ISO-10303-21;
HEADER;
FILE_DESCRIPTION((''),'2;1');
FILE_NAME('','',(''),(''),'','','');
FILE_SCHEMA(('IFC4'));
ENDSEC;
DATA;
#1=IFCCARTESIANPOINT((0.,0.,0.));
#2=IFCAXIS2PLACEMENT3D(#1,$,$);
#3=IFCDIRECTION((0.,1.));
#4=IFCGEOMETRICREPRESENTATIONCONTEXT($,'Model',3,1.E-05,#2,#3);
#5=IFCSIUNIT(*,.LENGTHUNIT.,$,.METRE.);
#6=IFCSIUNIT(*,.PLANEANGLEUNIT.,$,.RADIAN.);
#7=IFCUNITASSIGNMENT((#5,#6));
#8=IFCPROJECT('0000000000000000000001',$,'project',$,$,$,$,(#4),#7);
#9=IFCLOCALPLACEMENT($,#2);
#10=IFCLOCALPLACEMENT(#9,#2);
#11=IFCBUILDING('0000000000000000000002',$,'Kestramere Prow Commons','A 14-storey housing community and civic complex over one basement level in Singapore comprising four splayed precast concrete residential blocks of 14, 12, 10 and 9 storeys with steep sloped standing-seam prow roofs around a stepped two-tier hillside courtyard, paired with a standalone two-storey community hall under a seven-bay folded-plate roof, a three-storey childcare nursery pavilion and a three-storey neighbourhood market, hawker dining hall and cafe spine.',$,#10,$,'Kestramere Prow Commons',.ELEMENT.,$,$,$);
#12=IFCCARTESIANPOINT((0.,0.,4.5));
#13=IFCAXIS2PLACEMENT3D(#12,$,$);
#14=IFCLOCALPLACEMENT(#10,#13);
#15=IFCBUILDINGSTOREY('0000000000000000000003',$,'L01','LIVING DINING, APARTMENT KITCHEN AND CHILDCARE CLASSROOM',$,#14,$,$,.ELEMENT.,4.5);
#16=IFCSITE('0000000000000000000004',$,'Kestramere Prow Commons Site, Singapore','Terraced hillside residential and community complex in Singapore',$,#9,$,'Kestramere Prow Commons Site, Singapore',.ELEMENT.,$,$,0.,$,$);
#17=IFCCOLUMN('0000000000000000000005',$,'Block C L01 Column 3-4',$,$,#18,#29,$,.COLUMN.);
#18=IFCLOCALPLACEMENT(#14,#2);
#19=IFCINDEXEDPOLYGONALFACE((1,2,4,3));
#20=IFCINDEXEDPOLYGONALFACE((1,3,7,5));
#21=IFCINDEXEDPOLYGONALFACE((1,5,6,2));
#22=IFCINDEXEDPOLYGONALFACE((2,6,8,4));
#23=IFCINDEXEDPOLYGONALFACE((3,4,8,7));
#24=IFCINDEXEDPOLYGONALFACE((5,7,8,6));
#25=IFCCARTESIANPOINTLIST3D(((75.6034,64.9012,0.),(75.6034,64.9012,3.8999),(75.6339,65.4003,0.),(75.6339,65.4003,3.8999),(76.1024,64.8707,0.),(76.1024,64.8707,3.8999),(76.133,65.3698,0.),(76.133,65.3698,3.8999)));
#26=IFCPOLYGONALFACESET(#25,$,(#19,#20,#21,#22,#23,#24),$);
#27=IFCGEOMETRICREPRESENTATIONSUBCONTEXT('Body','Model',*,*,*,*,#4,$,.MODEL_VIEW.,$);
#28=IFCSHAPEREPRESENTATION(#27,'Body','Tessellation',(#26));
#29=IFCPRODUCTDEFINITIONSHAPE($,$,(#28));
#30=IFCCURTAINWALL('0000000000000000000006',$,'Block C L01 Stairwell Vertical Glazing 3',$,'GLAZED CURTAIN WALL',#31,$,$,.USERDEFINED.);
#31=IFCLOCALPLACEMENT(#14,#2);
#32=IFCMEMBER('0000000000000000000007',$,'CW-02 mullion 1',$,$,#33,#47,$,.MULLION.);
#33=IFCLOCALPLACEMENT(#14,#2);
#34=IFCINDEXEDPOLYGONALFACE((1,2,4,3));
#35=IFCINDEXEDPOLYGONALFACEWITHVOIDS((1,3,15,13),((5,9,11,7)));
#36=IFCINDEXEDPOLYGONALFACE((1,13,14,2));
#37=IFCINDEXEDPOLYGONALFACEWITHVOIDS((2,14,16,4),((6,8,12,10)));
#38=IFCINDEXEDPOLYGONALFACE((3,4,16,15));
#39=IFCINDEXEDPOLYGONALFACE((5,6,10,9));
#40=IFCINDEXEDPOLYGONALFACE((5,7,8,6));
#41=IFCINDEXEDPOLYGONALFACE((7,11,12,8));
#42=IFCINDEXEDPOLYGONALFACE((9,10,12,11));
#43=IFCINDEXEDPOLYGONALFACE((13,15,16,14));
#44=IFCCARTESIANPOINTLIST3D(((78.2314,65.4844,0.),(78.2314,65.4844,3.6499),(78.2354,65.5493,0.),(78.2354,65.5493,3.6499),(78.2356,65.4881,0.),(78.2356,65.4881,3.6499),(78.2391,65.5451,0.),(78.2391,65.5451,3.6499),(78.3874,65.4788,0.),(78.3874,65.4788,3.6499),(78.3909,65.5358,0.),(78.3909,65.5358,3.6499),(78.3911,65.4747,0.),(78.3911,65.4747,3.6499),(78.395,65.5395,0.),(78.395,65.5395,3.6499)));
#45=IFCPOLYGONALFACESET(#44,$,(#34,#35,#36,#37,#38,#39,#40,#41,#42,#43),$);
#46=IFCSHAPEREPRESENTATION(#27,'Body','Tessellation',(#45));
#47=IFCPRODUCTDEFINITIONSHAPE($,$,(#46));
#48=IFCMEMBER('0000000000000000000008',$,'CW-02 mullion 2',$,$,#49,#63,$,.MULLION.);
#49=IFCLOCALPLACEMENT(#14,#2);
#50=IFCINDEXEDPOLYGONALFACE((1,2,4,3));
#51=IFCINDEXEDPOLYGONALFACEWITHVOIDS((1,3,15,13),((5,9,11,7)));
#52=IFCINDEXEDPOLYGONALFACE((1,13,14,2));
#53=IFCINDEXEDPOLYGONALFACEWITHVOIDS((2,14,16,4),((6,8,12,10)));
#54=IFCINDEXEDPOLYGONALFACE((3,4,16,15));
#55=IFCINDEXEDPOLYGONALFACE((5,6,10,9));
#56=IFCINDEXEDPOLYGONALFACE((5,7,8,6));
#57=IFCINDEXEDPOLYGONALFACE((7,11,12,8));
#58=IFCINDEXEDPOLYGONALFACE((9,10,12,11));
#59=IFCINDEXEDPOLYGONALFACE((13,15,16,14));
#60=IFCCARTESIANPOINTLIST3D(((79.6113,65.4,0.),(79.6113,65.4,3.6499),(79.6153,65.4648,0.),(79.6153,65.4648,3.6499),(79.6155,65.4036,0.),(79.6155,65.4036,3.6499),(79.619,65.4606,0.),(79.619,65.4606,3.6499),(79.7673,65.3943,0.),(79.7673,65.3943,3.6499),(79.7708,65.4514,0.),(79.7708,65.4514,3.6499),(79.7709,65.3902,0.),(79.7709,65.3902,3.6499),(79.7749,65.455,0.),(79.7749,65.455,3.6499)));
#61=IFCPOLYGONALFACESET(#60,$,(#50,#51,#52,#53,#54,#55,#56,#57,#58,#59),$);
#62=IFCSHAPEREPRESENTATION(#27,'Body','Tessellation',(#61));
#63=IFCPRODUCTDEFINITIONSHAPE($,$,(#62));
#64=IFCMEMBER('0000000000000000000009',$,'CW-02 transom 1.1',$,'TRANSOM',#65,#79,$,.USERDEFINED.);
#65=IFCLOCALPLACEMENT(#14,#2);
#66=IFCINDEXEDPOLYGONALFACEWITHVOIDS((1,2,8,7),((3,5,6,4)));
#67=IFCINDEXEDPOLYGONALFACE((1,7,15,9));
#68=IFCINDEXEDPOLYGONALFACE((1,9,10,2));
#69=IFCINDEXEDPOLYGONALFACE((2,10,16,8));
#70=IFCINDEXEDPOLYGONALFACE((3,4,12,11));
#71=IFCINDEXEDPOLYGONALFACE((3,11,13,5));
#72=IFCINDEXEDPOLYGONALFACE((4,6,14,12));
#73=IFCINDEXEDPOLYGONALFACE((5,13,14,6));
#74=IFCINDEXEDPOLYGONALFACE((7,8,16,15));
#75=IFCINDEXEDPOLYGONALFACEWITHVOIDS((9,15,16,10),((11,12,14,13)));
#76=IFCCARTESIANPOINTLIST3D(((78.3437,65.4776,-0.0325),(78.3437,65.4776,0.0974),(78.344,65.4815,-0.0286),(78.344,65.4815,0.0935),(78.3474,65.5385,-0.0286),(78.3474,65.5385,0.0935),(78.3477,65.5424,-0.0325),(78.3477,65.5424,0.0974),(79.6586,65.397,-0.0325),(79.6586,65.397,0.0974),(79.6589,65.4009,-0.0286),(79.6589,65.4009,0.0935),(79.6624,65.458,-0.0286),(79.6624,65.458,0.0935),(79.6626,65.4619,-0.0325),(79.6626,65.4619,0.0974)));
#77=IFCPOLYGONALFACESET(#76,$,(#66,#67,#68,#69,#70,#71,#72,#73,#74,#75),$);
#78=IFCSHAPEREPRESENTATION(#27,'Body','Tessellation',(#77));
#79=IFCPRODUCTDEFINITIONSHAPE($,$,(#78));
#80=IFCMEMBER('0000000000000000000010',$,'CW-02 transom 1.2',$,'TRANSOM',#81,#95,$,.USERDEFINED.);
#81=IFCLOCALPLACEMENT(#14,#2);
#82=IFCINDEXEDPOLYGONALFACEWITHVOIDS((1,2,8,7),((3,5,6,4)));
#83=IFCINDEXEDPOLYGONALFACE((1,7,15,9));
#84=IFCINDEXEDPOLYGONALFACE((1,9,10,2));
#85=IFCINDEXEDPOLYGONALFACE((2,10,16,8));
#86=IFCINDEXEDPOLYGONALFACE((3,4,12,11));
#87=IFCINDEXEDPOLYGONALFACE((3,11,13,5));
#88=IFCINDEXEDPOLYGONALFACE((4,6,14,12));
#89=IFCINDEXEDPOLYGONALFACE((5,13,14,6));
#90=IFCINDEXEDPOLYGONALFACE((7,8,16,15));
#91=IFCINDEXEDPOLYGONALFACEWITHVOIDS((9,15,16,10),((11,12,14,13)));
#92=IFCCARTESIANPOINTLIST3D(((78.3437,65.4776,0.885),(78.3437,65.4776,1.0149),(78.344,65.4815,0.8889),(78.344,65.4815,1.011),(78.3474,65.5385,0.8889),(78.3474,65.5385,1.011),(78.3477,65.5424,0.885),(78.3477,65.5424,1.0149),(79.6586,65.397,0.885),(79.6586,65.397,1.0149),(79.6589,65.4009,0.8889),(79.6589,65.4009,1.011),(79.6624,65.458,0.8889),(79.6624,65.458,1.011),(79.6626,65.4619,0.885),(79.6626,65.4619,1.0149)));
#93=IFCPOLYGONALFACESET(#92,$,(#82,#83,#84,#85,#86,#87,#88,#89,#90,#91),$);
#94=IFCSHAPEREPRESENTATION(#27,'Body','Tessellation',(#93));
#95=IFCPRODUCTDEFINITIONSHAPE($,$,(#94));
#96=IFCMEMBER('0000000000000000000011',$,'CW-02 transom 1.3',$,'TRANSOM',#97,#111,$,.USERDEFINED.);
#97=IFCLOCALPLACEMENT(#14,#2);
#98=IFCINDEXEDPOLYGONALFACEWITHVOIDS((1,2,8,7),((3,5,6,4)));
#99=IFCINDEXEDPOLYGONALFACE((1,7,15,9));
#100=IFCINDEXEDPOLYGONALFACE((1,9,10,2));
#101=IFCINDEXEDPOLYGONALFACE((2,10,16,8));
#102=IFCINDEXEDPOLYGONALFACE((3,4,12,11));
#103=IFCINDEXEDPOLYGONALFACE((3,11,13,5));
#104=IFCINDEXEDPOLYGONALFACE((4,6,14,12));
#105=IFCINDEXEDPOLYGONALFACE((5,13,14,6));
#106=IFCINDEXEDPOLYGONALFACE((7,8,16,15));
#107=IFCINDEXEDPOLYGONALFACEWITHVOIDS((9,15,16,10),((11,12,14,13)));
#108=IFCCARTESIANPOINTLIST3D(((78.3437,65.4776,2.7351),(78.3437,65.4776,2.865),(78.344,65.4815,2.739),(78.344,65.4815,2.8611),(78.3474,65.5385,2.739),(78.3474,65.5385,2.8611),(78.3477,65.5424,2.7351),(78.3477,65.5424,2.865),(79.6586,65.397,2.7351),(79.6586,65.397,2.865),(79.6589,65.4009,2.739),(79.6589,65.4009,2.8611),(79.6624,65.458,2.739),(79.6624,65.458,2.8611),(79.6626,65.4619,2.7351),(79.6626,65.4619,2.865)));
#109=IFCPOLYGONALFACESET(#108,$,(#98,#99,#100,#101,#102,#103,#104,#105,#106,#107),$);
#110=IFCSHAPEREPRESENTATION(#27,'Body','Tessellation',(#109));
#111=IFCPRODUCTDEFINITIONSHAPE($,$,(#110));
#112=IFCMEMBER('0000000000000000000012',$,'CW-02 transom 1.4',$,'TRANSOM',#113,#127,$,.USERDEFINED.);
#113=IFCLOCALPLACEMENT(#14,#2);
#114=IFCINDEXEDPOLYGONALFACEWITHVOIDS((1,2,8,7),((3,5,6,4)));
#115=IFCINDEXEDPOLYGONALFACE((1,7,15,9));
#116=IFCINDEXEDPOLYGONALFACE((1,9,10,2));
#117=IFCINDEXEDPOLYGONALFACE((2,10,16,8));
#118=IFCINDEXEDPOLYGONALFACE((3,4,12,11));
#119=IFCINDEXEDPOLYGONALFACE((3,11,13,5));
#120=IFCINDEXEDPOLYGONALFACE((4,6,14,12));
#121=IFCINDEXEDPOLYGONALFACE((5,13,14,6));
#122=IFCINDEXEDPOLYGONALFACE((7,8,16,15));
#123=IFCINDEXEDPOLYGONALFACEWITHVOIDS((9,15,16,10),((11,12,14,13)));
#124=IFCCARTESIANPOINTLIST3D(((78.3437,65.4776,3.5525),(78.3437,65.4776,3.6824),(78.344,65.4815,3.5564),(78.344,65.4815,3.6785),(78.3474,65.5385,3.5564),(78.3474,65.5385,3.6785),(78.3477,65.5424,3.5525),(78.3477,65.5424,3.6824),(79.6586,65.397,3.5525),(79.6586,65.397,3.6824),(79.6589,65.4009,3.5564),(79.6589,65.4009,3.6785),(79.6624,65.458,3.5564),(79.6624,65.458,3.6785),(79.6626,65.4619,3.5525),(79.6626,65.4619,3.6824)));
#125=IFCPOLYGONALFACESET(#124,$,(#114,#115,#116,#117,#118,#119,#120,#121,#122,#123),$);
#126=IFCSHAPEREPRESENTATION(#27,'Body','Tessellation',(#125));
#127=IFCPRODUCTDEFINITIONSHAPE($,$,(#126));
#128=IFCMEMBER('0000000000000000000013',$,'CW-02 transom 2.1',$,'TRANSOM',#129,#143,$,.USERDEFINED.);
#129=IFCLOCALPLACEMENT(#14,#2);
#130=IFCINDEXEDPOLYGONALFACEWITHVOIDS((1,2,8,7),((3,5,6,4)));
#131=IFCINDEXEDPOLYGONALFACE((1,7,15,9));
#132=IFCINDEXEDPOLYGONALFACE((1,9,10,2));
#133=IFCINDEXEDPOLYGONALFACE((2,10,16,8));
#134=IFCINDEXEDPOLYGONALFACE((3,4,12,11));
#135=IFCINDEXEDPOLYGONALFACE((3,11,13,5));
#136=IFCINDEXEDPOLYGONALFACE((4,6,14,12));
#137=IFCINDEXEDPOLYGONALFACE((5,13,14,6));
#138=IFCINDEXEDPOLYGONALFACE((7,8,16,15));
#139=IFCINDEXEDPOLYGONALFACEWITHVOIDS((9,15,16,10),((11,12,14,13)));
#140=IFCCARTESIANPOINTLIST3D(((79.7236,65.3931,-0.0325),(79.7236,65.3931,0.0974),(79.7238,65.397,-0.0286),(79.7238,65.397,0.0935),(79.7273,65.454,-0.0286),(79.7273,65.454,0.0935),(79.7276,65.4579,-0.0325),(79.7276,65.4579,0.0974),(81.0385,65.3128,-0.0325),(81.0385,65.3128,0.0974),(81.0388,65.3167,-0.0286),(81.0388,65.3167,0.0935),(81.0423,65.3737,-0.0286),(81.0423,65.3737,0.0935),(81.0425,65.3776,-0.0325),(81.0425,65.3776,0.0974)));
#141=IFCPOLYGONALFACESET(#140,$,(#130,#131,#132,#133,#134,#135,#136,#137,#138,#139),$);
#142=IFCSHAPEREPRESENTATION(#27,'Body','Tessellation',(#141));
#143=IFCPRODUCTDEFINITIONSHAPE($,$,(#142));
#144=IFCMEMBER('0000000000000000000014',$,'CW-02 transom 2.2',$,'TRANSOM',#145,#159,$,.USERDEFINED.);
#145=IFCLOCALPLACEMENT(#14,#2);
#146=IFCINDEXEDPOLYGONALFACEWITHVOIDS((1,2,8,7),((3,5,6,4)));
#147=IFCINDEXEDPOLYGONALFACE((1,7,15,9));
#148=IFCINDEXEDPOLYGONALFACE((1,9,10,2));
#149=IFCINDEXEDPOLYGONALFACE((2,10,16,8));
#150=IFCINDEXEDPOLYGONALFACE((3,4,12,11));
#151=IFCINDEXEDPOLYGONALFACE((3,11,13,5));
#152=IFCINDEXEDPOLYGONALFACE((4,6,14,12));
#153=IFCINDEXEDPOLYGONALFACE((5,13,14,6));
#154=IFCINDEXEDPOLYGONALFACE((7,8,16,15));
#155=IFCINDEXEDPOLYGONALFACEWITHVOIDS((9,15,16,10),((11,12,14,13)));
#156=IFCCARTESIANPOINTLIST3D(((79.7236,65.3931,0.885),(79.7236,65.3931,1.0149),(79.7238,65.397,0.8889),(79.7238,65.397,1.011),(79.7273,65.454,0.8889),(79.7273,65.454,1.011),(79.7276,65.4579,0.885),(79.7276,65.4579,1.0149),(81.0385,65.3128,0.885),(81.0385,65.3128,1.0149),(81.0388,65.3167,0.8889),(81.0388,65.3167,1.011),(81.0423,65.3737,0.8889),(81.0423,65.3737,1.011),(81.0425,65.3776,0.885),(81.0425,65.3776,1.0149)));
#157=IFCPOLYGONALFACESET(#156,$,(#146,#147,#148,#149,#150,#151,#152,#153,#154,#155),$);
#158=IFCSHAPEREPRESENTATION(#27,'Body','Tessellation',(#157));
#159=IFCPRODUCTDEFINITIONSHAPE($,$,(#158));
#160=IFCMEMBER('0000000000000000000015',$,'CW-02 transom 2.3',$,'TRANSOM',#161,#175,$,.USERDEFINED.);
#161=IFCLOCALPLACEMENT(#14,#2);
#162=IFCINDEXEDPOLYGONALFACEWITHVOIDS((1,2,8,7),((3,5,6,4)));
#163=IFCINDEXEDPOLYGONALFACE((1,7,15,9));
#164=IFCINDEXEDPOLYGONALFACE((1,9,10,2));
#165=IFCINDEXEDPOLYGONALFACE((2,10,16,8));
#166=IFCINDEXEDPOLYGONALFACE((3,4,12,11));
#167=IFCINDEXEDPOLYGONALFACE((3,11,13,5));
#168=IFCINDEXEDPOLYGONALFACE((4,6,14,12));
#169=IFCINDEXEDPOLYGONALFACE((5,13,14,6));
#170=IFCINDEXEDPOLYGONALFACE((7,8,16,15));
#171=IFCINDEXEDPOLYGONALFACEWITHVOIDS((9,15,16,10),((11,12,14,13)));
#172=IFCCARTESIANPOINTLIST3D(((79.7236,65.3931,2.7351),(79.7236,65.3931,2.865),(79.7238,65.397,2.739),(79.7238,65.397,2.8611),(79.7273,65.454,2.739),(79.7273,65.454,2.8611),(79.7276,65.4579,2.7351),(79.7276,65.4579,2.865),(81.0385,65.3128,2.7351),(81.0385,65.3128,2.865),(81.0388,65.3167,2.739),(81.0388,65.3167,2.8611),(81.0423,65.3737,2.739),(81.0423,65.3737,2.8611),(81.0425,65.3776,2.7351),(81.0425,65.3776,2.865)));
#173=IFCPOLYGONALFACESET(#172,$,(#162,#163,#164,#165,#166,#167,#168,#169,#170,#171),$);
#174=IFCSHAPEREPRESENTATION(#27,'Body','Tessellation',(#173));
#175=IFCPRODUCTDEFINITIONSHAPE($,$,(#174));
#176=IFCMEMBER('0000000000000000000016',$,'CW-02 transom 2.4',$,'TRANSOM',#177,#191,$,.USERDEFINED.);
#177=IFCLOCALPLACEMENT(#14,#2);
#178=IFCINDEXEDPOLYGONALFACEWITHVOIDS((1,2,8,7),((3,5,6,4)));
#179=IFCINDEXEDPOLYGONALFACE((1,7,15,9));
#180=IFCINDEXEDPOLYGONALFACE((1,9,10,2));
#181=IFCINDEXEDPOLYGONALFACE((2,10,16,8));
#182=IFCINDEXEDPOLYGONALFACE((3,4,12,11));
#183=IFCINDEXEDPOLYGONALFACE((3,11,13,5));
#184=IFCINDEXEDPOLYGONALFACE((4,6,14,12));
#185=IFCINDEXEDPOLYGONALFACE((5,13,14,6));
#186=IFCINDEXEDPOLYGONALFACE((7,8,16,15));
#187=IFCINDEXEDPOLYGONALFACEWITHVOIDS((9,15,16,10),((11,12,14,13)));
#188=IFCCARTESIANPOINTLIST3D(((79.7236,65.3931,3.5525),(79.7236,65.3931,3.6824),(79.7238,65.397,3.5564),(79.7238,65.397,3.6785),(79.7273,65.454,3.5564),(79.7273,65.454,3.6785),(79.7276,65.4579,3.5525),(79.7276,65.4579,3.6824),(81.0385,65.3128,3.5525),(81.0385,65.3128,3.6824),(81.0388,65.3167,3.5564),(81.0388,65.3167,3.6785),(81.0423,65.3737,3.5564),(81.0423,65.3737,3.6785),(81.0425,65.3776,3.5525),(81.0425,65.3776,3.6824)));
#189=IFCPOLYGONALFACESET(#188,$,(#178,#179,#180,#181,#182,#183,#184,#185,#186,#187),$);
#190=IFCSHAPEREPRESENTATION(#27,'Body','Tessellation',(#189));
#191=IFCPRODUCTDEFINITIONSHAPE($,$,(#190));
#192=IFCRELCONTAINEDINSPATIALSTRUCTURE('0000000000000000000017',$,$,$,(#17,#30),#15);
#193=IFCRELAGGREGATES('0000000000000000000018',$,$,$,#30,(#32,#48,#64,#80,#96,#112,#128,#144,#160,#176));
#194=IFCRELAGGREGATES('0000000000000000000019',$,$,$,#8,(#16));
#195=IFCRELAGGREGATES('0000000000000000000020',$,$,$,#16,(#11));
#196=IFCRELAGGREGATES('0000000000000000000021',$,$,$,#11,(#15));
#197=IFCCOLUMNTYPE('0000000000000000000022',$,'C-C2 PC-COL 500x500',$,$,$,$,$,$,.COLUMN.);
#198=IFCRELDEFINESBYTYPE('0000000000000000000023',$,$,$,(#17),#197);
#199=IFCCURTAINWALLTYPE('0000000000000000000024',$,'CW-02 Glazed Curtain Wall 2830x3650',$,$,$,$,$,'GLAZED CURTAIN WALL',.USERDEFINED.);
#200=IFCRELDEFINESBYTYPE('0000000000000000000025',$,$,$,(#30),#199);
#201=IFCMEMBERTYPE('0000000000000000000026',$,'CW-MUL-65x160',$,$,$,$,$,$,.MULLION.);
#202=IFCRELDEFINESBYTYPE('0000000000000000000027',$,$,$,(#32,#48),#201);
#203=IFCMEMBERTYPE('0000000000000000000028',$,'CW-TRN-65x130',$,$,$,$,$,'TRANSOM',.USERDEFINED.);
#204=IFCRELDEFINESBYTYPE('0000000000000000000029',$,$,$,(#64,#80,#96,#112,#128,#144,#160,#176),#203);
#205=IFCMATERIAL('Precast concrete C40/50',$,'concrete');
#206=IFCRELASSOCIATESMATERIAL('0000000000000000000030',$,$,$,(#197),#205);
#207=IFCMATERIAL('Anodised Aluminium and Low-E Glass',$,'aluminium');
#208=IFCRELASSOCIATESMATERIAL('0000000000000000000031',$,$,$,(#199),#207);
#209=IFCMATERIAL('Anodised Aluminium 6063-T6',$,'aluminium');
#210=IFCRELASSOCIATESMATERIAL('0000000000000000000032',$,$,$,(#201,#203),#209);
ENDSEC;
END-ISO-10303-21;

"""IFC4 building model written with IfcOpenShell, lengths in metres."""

from ifc_helpers import new_model, si_unit, direction, frame, origin, origin_2d, place, context, subcontext, project, spatial, rectangle, hollow_rectangle, extrude, material, material_profile, profile_set, type_object, element, aggregate, save


model = new_model("IFC4")

# Units and contexts
model_context = context("Model", 3, precision=1e-05, world=origin(), true_north=direction((0.0, 1.0)))
body_context = subcontext(model_context, "Body", "Model", "MODEL_VIEW")
ifc_project = project(units=[si_unit("LENGTHUNIT", "METRE"), si_unit("PLANEANGLEUNIT", "RADIAN")], contexts=[model_context])

# Site, building, storey
site_placement = place(None, origin())
site = spatial("IfcSite", under=ifc_project, at=site_placement, Name="Kestramere Prow Commons Site, Singapore", Description="Terraced hillside residential and community complex in Singapore", LongName="Kestramere Prow Commons Site, Singapore", CompositionType="ELEMENT", RefElevation=0.0)
building_placement = place(site_placement, origin())
building = spatial("IfcBuilding", under=site, at=building_placement, Name="Kestramere Prow Commons", Description="A 14-storey housing community and civic complex over one basement level in Singapore comprising four splayed precast concrete residential blocks of 14, 12, 10 and 9 storeys with steep sloped standing-seam prow roofs around a stepped two-tier hillside courtyard, paired with a standalone two-storey community hall under a seven-bay folded-plate roof, a three-storey childcare nursery pavilion and a three-storey neighbourhood market, hawker dining hall and cafe spine.", LongName="Kestramere Prow Commons", CompositionType="ELEMENT")
storey_placement = place(building_placement, frame((0.0, 0.0, 4.5)))
storey = spatial("IfcBuildingStorey", under=building, at=storey_placement, Name="L01", Description="LIVING DINING, APARTMENT KITCHEN AND CHILDCARE CLASSROOM", CompositionType="ELEMENT", Elevation=4.5)

# Column
ifc_material_1 = material(Name="Precast concrete C40/50", Category="concrete")
ifc_material_profile_1 = material_profile(ifc_material_1, rectangle(XDim=0.5, YDim=0.5, at=origin_2d()), Name="PC-COL 500x500")
ifc_profile_set_1 = profile_set([ifc_material_profile_1], Name="Precast concrete C40/50")
column_type = type_object("IfcColumnType", Name="C-C2 PC-COL 500x500", PredefinedType="COLUMN", material=ifc_profile_set_1)
column_placement = place(storey_placement, frame((75.8682, 65.1355, 0.0), z_axis=(0.0, 0.0, 1.0), x_axis=(0.998135, -0.061049, 0.0)))
element("IfcColumn", 1, at=column_placement, inside=storey, type_object=column_type, Name="Block C L01 Column 3-4", PredefinedType="COLUMN", context=body_context, shape_type="SweptSolid", body=[
    extrude(rectangle(XDim=0.5, YDim=0.5, at=origin_2d()), origin(), (0.0, 0.0, 1.0), 3.8999),
])

# Curtain wall, members
ifc_material_2 = material(Name="Anodised Aluminium and Low-E Glass", Category="aluminium")
curtain_wall_type = type_object("IfcCurtainWallType", Name="CW-02 Glazed Curtain Wall 2830x3650", ElementType="GLAZED CURTAIN WALL", PredefinedType="USERDEFINED", material=ifc_material_2)
curtain_wall_placement = place(storey_placement, origin())
curtain_wall = element("IfcCurtainWall", 2, at=curtain_wall_placement, inside=storey, type_object=curtain_wall_type, Name="Block C L01 Stairwell Vertical Glazing 3", ObjectType="GLAZED CURTAIN WALL", PredefinedType="USERDEFINED")
ifc_material_3 = material(Name="Anodised Aluminium 6063-T6", Category="aluminium")
ifc_material_profile_2 = material_profile(ifc_material_3, hollow_rectangle(XDim=0.0649, YDim=0.1599, WallThickness=0.0039, at=origin_2d()), Name="ALU-MUL 65x160")
ifc_profile_set_2 = profile_set([ifc_material_profile_2], Name="Anodised Aluminium 6063-T6")
member_type_1 = type_object("IfcMemberType", Name="CW-MUL-65x160", PredefinedType="MULLION", material=ifc_profile_set_2)
member_1_placement = place(storey_placement, frame((78.3132, 65.512, 0.0), z_axis=(0.0, 0.0, 1.0), x_axis=(0.061048, 0.998135, 0.0)))
member_1 = element("IfcMember", 3, at=member_1_placement, type_object=member_type_1, Name="CW-02 mullion 1", PredefinedType="MULLION", context=body_context, shape_type="SweptSolid", body=[
    extrude(hollow_rectangle(XDim=0.0649, YDim=0.1599, WallThickness=0.0039, at=origin_2d()), origin(), (0.0, 0.0, 1.0), 3.6499),
])
member_2_placement = place(storey_placement, frame((79.6931, 65.4275, 0.0), z_axis=(0.0, 0.0, 1.0), x_axis=(0.061048, 0.998135, 0.0)))
member_2 = element("IfcMember", 4, at=member_2_placement, type_object=member_type_1, Name="CW-02 mullion 2", PredefinedType="MULLION", context=body_context, shape_type="SweptSolid", body=[
    extrude(hollow_rectangle(XDim=0.0649, YDim=0.1599, WallThickness=0.0039, at=origin_2d()), origin(), (0.0, 0.0, 1.0), 3.6499),
])
ifc_material_profile_3 = material_profile(ifc_material_3, hollow_rectangle(XDim=0.0649, YDim=0.1299, WallThickness=0.0039, at=origin_2d()), Name="ALU-TRN 65x130")
ifc_profile_set_3 = profile_set([ifc_material_profile_3], Name="Anodised Aluminium 6063-T6")
member_type_2 = type_object("IfcMemberType", Name="CW-TRN-65x130", ElementType="TRANSOM", PredefinedType="USERDEFINED", material=ifc_profile_set_3)
member_3_placement = place(storey_placement, frame((78.3457, 65.51, 0.0325), z_axis=(0.998128, -0.061155, 0.0), x_axis=(0.061155, 0.998128, 0.0)))
member_3 = element("IfcMember", 5, at=member_3_placement, type_object=member_type_2, Name="CW-02 transom 1.1", ObjectType="TRANSOM", PredefinedType="USERDEFINED", context=body_context, shape_type="SweptSolid", body=[
    extrude(hollow_rectangle(XDim=0.0649, YDim=0.1299, WallThickness=0.0039, at=origin_2d()), origin(), (0.0, 0.0, 1.0), 1.3174),
])
member_4_placement = place(storey_placement, frame((78.3457, 65.51, 0.95), z_axis=(0.998128, -0.061155, 0.0), x_axis=(0.061155, 0.998128, 0.0)))
member_4 = element("IfcMember", 6, at=member_4_placement, type_object=member_type_2, Name="CW-02 transom 1.2", ObjectType="TRANSOM", PredefinedType="USERDEFINED", context=body_context, shape_type="SweptSolid", body=[
    extrude(hollow_rectangle(XDim=0.0649, YDim=0.1299, WallThickness=0.0039, at=origin_2d()), origin(), (0.0, 0.0, 1.0), 1.3174),
])
member_5_placement = place(storey_placement, frame((78.3457, 65.51, 2.8), z_axis=(0.998128, -0.061155, 0.0), x_axis=(0.061155, 0.998128, 0.0)))
member_5 = element("IfcMember", 7, at=member_5_placement, type_object=member_type_2, Name="CW-02 transom 1.3", ObjectType="TRANSOM", PredefinedType="USERDEFINED", context=body_context, shape_type="SweptSolid", body=[
    extrude(hollow_rectangle(XDim=0.0649, YDim=0.1299, WallThickness=0.0039, at=origin_2d()), origin(), (0.0, 0.0, 1.0), 1.3174),
])
member_6_placement = place(storey_placement, frame((78.3457, 65.51, 3.6174), z_axis=(0.998128, -0.061155, 0.0), x_axis=(0.061155, 0.998128, 0.0)))
member_6 = element("IfcMember", 8, at=member_6_placement, type_object=member_type_2, Name="CW-02 transom 1.4", ObjectType="TRANSOM", PredefinedType="USERDEFINED", context=body_context, shape_type="SweptSolid", body=[
    extrude(hollow_rectangle(XDim=0.0649, YDim=0.1299, WallThickness=0.0039, at=origin_2d()), origin(), (0.0, 0.0, 1.0), 1.3174),
])
member_7_placement = place(storey_placement, frame((79.7256, 65.4255, 0.0325), z_axis=(0.99814, -0.060971, 0.0), x_axis=(0.060971, 0.99814, 0.0)))
member_7 = element("IfcMember", 9, at=member_7_placement, type_object=member_type_2, Name="CW-02 transom 2.1", ObjectType="TRANSOM", PredefinedType="USERDEFINED", context=body_context, shape_type="SweptSolid", body=[
    extrude(hollow_rectangle(XDim=0.0649, YDim=0.1299, WallThickness=0.0039, at=origin_2d()), origin(), (0.0, 0.0, 1.0), 1.3174),
])
member_8_placement = place(storey_placement, frame((79.7256, 65.4255, 0.95), z_axis=(0.99814, -0.060971, 0.0), x_axis=(0.060971, 0.99814, 0.0)))
member_8 = element("IfcMember", 10, at=member_8_placement, type_object=member_type_2, Name="CW-02 transom 2.2", ObjectType="TRANSOM", PredefinedType="USERDEFINED", context=body_context, shape_type="SweptSolid", body=[
    extrude(hollow_rectangle(XDim=0.0649, YDim=0.1299, WallThickness=0.0039, at=origin_2d()), origin(), (0.0, 0.0, 1.0), 1.3174),
])
member_9_placement = place(storey_placement, frame((79.7256, 65.4255, 2.8), z_axis=(0.99814, -0.060971, 0.0), x_axis=(0.060971, 0.99814, 0.0)))
member_9 = element("IfcMember", 11, at=member_9_placement, type_object=member_type_2, Name="CW-02 transom 2.3", ObjectType="TRANSOM", PredefinedType="USERDEFINED", context=body_context, shape_type="SweptSolid", body=[
    extrude(hollow_rectangle(XDim=0.0649, YDim=0.1299, WallThickness=0.0039, at=origin_2d()), origin(), (0.0, 0.0, 1.0), 1.3174),
])
member_10_placement = place(storey_placement, frame((79.7256, 65.4255, 3.6174), z_axis=(0.99814, -0.060971, 0.0), x_axis=(0.060971, 0.99814, 0.0)))
member_10 = element("IfcMember", 12, at=member_10_placement, type_object=member_type_2, Name="CW-02 transom 2.4", ObjectType="TRANSOM", PredefinedType="USERDEFINED", context=body_context, shape_type="SweptSolid", body=[
    extrude(hollow_rectangle(XDim=0.0649, YDim=0.1299, WallThickness=0.0039, at=origin_2d()), origin(), (0.0, 0.0, 1.0), 1.3174),
])

aggregate(curtain_wall, [member_1, member_2, member_3, member_4, member_5, member_6, member_7, member_8, member_9, member_10])

save(model, "model.ifc")
